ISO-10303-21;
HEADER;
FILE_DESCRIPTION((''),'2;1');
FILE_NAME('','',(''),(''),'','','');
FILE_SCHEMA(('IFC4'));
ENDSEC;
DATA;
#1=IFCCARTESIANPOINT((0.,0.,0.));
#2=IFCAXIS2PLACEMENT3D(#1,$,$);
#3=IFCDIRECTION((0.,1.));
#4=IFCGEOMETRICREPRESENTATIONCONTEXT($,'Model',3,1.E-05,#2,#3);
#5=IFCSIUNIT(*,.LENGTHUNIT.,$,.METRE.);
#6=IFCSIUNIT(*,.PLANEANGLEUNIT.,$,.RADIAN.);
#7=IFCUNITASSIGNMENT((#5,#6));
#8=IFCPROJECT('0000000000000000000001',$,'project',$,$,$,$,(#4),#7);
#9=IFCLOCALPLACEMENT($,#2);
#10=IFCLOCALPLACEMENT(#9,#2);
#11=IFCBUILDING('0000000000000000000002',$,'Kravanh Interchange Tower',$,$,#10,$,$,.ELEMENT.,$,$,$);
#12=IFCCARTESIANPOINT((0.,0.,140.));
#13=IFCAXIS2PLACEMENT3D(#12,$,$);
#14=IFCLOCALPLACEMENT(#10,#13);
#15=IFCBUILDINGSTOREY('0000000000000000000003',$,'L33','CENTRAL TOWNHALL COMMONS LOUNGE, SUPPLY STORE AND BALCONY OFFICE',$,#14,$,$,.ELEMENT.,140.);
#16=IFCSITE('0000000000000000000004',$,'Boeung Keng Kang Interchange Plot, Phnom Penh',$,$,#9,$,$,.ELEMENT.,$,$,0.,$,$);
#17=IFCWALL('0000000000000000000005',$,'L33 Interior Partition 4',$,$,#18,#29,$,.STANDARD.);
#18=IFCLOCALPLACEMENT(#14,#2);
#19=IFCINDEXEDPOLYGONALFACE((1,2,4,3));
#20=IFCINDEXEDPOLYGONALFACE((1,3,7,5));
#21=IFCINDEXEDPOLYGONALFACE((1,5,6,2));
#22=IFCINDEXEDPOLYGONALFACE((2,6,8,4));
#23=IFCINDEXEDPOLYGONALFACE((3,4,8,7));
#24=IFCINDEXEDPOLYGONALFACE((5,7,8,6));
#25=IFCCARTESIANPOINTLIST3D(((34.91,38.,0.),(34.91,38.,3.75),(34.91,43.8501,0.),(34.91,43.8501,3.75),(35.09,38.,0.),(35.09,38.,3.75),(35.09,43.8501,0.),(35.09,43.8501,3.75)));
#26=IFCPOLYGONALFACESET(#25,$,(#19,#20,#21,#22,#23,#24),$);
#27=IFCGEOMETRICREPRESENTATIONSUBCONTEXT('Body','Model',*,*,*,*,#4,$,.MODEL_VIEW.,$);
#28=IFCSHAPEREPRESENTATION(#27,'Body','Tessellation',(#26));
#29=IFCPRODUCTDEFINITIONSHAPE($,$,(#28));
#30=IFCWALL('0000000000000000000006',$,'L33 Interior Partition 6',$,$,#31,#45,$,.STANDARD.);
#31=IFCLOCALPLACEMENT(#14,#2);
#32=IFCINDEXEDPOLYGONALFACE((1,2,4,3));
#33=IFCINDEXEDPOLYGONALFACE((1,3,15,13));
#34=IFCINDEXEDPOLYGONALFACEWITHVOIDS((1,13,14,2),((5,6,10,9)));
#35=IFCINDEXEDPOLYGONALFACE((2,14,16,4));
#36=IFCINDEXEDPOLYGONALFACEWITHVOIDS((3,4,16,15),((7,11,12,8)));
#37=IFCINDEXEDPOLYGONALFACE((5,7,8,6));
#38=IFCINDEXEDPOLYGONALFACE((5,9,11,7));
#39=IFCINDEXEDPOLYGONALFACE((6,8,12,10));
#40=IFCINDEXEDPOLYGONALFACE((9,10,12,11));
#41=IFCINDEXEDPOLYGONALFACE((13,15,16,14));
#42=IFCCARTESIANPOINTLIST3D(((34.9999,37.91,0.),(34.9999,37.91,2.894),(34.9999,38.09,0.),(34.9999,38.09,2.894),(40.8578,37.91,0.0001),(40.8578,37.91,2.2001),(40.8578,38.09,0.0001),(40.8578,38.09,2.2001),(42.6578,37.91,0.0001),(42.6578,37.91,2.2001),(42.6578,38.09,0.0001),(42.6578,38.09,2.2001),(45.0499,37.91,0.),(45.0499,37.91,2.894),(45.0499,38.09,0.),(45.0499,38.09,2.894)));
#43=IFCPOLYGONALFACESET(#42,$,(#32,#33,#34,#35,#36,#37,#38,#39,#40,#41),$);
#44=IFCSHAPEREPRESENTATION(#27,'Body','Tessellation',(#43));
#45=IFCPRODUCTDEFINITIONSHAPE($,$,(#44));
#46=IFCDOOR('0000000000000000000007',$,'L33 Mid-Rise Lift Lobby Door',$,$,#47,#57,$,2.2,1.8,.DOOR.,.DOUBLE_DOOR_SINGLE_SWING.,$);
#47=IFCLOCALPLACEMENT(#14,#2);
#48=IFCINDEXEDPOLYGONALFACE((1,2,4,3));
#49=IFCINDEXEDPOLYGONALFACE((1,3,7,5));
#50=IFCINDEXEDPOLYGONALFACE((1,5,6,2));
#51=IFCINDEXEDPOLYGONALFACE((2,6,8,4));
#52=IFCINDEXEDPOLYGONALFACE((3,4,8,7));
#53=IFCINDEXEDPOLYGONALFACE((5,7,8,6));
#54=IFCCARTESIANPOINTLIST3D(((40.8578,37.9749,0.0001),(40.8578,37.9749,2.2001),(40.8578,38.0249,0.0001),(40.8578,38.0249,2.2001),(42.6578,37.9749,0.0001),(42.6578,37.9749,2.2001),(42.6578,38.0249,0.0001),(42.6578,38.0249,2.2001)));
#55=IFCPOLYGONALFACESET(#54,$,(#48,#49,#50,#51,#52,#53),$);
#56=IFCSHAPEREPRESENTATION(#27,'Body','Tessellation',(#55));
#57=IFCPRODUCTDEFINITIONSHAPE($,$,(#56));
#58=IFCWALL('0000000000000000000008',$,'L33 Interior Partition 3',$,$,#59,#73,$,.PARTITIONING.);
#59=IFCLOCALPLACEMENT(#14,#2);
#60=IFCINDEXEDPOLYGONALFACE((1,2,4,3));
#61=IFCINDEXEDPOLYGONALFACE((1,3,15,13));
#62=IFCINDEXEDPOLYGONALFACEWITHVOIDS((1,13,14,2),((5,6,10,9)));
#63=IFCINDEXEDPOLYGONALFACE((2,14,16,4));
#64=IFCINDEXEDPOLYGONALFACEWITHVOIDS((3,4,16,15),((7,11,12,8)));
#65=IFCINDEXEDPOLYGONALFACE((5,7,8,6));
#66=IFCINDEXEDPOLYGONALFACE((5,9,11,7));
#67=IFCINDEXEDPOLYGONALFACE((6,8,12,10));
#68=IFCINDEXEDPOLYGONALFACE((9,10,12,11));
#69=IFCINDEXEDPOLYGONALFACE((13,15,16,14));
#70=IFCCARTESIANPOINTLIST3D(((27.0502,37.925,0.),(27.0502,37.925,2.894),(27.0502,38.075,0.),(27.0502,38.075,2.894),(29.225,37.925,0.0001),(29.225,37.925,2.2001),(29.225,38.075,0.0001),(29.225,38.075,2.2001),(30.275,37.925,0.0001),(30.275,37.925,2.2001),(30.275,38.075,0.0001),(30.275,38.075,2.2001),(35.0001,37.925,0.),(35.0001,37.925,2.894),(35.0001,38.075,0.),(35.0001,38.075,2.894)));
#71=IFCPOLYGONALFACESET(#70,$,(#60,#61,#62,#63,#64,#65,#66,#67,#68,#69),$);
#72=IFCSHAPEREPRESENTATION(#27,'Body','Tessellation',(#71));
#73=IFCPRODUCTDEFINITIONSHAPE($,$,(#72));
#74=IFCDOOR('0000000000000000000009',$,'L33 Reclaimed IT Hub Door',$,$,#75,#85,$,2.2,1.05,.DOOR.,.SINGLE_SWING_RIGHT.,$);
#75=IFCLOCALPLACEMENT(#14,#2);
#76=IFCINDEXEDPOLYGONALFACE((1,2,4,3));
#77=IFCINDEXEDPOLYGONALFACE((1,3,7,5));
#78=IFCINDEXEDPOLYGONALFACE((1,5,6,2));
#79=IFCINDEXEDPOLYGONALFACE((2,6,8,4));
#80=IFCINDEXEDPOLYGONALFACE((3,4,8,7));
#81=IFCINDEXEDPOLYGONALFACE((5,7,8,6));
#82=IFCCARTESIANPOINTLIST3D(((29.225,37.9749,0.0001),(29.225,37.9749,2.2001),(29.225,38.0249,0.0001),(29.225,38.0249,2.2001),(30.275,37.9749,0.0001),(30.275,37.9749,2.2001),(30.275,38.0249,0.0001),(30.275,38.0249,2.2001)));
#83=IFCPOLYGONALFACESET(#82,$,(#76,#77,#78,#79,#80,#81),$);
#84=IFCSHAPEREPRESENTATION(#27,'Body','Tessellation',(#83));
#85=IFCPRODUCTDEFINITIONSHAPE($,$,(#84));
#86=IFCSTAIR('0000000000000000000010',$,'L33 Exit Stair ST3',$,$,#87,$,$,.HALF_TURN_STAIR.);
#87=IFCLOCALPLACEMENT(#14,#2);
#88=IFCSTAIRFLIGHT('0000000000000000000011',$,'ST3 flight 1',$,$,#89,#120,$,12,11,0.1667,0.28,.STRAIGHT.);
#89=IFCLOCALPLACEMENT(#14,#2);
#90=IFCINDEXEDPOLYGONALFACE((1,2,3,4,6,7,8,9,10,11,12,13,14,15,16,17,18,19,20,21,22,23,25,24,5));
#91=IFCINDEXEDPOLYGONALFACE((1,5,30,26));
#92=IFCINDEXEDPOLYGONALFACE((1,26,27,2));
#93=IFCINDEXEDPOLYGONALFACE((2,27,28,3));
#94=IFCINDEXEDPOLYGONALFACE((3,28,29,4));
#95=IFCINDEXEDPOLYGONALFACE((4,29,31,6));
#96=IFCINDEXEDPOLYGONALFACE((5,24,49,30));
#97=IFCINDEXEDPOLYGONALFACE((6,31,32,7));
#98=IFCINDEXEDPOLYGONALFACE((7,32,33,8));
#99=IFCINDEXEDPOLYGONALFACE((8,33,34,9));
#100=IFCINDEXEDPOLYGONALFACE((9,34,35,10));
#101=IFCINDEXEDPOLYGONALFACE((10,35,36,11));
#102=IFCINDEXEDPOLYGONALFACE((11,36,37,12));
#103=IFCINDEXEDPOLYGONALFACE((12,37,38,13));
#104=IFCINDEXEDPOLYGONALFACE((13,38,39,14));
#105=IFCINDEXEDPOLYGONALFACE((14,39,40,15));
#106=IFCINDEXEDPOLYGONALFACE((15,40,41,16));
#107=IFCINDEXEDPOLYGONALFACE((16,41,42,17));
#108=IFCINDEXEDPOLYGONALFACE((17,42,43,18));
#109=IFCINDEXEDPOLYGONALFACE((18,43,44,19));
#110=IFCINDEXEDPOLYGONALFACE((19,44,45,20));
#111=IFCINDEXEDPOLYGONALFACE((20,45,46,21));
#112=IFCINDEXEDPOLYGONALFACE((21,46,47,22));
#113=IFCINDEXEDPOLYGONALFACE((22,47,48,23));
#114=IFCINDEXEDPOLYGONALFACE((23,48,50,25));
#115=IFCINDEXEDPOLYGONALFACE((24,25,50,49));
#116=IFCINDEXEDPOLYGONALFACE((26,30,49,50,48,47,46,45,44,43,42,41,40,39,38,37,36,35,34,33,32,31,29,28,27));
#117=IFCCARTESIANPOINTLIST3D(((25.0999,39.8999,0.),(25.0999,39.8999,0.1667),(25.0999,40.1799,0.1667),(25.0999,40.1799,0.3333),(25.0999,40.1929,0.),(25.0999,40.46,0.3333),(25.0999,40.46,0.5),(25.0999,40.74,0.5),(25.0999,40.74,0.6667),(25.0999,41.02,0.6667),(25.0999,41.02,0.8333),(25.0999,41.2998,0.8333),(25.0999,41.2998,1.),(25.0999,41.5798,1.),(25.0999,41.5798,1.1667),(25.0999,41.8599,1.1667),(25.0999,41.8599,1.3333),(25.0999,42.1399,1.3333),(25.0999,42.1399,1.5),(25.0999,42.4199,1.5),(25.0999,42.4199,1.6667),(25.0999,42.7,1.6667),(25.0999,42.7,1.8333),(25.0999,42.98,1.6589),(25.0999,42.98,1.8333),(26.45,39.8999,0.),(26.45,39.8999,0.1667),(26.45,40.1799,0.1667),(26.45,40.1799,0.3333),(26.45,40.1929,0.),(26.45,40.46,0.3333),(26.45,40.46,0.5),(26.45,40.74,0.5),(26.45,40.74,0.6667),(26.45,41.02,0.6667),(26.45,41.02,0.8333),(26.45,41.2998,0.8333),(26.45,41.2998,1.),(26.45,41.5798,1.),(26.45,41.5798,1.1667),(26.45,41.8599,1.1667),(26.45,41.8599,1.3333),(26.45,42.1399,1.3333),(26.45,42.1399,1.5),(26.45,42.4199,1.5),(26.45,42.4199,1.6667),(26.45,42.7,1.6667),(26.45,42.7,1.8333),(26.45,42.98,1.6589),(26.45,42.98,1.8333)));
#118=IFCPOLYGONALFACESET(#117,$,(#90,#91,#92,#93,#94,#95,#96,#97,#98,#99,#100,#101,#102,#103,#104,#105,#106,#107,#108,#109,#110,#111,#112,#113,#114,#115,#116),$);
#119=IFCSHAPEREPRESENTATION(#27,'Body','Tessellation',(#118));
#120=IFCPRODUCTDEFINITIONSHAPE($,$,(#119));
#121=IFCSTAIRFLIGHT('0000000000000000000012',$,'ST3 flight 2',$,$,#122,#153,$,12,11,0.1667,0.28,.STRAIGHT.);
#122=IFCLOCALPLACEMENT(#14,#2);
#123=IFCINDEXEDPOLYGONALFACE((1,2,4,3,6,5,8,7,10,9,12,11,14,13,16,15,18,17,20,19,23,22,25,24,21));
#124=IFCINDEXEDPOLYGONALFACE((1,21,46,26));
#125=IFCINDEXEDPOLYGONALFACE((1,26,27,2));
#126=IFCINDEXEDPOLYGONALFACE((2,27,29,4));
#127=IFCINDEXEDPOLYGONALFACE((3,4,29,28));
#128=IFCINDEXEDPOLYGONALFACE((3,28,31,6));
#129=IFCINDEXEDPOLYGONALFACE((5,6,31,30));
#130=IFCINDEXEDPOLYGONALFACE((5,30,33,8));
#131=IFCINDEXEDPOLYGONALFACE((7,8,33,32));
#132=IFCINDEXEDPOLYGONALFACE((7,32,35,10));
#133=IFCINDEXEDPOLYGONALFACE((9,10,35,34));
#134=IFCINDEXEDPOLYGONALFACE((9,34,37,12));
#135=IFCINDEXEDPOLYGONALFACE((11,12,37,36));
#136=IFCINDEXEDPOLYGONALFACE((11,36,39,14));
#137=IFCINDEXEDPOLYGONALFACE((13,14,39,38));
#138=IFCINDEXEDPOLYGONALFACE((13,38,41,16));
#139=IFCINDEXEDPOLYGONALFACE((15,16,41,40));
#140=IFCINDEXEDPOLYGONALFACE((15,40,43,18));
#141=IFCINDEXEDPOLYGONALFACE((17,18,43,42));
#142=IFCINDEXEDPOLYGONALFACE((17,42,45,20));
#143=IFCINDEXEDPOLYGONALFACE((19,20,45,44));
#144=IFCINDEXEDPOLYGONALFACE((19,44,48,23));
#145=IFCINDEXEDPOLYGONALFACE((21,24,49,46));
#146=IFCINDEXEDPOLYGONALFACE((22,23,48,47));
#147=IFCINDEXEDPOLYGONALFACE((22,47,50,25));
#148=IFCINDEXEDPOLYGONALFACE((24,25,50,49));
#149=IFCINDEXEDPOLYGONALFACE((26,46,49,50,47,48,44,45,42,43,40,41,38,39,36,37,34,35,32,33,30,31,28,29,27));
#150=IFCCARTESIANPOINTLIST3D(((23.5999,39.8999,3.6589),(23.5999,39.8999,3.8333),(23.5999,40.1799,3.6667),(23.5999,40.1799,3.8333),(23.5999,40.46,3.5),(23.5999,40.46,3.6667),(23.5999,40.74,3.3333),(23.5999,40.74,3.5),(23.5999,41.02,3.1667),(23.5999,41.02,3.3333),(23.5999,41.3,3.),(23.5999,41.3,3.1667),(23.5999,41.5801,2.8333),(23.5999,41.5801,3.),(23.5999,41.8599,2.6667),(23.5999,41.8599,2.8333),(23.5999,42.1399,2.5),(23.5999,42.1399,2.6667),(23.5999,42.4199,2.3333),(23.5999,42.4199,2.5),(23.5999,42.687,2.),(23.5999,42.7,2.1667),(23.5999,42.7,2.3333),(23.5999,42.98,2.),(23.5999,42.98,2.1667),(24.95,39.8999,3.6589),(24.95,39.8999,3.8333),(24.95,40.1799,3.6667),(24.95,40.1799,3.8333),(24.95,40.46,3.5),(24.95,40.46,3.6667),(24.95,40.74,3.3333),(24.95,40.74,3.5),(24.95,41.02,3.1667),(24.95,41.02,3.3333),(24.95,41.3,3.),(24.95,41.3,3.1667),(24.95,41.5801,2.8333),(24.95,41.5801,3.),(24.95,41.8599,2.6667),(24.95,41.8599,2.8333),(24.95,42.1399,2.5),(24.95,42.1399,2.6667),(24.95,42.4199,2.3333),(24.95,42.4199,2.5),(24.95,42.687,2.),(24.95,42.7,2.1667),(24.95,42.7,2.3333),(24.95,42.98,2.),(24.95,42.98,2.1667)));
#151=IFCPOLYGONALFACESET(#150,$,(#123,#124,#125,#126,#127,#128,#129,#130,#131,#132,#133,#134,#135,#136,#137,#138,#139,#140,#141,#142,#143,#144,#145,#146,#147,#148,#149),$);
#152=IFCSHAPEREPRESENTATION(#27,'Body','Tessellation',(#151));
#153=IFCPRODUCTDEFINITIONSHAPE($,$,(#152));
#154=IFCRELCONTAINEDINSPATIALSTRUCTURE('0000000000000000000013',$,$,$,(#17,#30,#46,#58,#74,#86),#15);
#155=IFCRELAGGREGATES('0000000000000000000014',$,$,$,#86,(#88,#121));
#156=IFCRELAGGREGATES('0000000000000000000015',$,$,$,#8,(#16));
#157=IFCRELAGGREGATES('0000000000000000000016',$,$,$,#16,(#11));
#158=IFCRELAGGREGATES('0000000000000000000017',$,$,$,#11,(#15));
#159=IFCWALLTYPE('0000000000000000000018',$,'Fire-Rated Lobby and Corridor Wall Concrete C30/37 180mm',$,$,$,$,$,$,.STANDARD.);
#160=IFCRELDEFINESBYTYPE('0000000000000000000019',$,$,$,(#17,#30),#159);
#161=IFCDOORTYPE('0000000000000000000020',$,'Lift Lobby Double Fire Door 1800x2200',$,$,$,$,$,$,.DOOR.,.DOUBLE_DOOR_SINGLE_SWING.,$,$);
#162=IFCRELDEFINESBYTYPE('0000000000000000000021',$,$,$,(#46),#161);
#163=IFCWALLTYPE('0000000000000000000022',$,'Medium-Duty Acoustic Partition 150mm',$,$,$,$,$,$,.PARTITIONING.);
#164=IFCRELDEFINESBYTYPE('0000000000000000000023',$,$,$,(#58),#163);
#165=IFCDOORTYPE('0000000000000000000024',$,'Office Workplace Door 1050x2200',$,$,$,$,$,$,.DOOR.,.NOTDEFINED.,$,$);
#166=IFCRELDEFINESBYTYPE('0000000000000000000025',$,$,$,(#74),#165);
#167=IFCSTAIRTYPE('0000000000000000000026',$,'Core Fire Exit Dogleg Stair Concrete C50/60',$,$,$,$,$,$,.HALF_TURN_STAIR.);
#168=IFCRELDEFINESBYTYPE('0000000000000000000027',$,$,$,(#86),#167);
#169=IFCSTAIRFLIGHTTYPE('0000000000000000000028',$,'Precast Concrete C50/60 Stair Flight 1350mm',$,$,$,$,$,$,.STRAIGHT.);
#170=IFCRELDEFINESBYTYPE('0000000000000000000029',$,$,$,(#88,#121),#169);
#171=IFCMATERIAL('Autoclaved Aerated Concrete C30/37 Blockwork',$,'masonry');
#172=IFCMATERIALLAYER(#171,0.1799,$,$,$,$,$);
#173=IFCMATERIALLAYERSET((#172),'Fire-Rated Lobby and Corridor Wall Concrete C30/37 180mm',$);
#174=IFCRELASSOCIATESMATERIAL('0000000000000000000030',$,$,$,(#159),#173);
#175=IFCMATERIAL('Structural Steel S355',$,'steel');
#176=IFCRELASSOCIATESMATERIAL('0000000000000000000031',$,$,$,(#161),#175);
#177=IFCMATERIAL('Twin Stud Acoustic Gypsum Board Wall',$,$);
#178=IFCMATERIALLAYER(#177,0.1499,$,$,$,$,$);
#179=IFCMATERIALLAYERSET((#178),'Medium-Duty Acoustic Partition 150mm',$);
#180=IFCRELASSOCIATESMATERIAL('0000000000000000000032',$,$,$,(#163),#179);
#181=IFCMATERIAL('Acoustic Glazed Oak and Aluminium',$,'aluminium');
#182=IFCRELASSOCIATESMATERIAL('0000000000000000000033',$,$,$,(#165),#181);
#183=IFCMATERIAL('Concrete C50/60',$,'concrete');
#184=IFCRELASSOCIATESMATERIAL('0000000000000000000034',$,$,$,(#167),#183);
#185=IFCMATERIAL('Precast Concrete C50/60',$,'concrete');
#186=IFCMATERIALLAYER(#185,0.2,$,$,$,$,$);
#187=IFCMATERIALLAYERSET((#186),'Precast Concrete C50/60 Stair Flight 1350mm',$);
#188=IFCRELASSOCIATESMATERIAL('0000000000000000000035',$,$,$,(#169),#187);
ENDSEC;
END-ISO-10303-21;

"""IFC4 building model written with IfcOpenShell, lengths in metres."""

from ifc_helpers import new_model, si_unit, direction, frame, frame_2d, origin, place, context, subcontext, project, spatial, polyline, rectangle, outline, extrude, material, layer, layer_set, type_object, element, fill, aggregate, save


model = new_model("IFC4")

# Units and contexts
model_context = context("Model", 3, precision=1e-05, world=origin(), true_north=direction((0.0, 1.0)))
body_context = subcontext(model_context, "Body", "Model", "MODEL_VIEW")
ifc_project = project(units=[si_unit("LENGTHUNIT", "METRE"), si_unit("PLANEANGLEUNIT", "RADIAN")], contexts=[model_context])

# Site, building, storey
site_placement = place(None, origin())
site = spatial("IfcSite", under=ifc_project, at=site_placement, Name="Boeung Keng Kang Interchange Plot, Phnom Penh", CompositionType="ELEMENT", RefElevation=0.0)
building_placement = place(site_placement, origin())
building = spatial("IfcBuilding", under=site, at=building_placement, Name="Kravanh Interchange Tower", CompositionType="ELEMENT")
storey_placement = place(building_placement, frame((0.0, 0.0, 140.0)))
storey = spatial("IfcBuildingStorey", under=building, at=storey_placement, Name="L33", Description="CENTRAL TOWNHALL COMMONS LOUNGE, SUPPLY STORE AND BALCONY OFFICE", CompositionType="ELEMENT", Elevation=140.0)

# Wall
ifc_material_1 = material(Name="Autoclaved Aerated Concrete C30/37 Blockwork", Category="masonry")
ifc_layer_1 = layer(ifc_material_1, 0.1799)
ifc_layer_set_1 = layer_set([ifc_layer_1], Name="Fire-Rated Lobby and Corridor Wall Concrete C30/37 180mm")
wall_type_1 = type_object("IfcWallType", Name="Fire-Rated Lobby and Corridor Wall Concrete C30/37 180mm", PredefinedType="STANDARD", material=ifc_layer_set_1)
wall_1_placement = place(storey_placement, frame((35.0, 38.0, 0.0), z_axis=(0.0, 0.0, 1.0), x_axis=(0.0, 1.0, 0.0)))
element("IfcWall", 1, at=wall_1_placement, inside=storey, type_object=wall_type_1, Name="L33 Interior Partition 4", PredefinedType="STANDARD", context=body_context, shape_type="SweptSolid", body=[
    extrude(rectangle(XDim=5.8501, YDim=0.1799, at=frame_2d((2.925, 0.0))), origin(), (0.0, 0.0, 1.0), 3.75),
])

# Walls, openings, doors
wall_2_placement = place(storey_placement, frame((35.0, 38.0, 0.0), z_axis=(0.0, 0.0, 1.0), x_axis=(1.0, 0.0, 0.0)))
wall_2 = element("IfcWall", 2, at=wall_2_placement, inside=storey, type_object=wall_type_1, Name="L33 Interior Partition 6", PredefinedType="STANDARD", context=body_context, shape_type="SweptSolid", body=[
    extrude(rectangle(XDim=10.05, YDim=0.1799, at=frame_2d((5.0249, 0.0))), origin(), (0.0, 0.0, 1.0), 2.894),
])
opening_1_placement = place(wall_2_placement, frame((5.8579, 0.0, 0.0)))
opening_1 = element("IfcOpeningElement", 3, at=opening_1_placement, cuts=wall_2, PredefinedType="OPENING", context=body_context, shape_type="SweptSolid", body=[
    extrude(rectangle(XDim=1.8, YDim=2.2, at=frame_2d((0.8999, 1.1001))), frame((0.0, 0.1001, 0.0), z_axis=(0.0, -1.0, 0.0), x_axis=(1.0, 0.0, 0.0)), (0.0, 0.0, 1.0), 0.2),
])
ifc_material_2 = material(Name="Structural Steel S355", Category="steel")
door_type_1 = type_object("IfcDoorType", Name="Lift Lobby Double Fire Door 1800x2200", OperationType="DOUBLE_DOOR_SINGLE_SWING", PredefinedType="DOOR", material=ifc_material_2)
door_1_placement = place(opening_1_placement, origin())
door_1 = element("IfcDoor", 4, at=door_1_placement, inside=storey, type_object=door_type_1, Name="L33 Mid-Rise Lift Lobby Door", OperationType="DOUBLE_DOOR_SINGLE_SWING", OverallHeight=2.2, OverallWidth=1.8, PredefinedType="DOOR", context=body_context, shape_type="SweptSolid", body=[
    extrude(rectangle(XDim=1.8, YDim=2.2, at=frame_2d((0.8999, 1.1001))), frame((0.0, 0.0249, 0.0), z_axis=(0.0, -1.0, 0.0), x_axis=(1.0, 0.0, 0.0)), (0.0, 0.0, 1.0), 0.05),
])
fill(opening_1, door_1)
ifc_material_3 = material(Name="Twin Stud Acoustic Gypsum Board Wall")
ifc_layer_2 = layer(ifc_material_3, 0.1499)
ifc_layer_set_2 = layer_set([ifc_layer_2], Name="Medium-Duty Acoustic Partition 150mm")
wall_type_2 = type_object("IfcWallType", Name="Medium-Duty Acoustic Partition 150mm", PredefinedType="PARTITIONING", material=ifc_layer_set_2)
wall_3_placement = place(storey_placement, frame((27.05, 38.0, 0.0), z_axis=(0.0, 0.0, 1.0), x_axis=(1.0, 0.0, 0.0)))
wall_3 = element("IfcWall", 5, at=wall_3_placement, inside=storey, type_object=wall_type_2, Name="L33 Interior Partition 3", PredefinedType="PARTITIONING", context=body_context, shape_type="SweptSolid", body=[
    extrude(rectangle(XDim=7.95, YDim=0.1499, at=frame_2d((3.9751, 0.0))), origin(), (0.0, 0.0, 1.0), 2.894),
])
opening_2_placement = place(wall_3_placement, frame((2.175, 0.0, 0.0)))
opening_2 = element("IfcOpeningElement", 6, at=opening_2_placement, cuts=wall_3, PredefinedType="OPENING", context=body_context, shape_type="SweptSolid", body=[
    extrude(rectangle(XDim=1.05, YDim=2.2, at=frame_2d((0.5249, 1.1001))), frame((0.0, 0.085, 0.0), z_axis=(0.0, -1.0, 0.0), x_axis=(1.0, 0.0, 0.0)), (0.0, 0.0, 1.0), 0.1699),
])
ifc_material_4 = material(Name="Acoustic Glazed Oak and Aluminium", Category="aluminium")
door_type_2 = type_object("IfcDoorType", Name="Office Workplace Door 1050x2200", OperationType="NOTDEFINED", PredefinedType="DOOR", material=ifc_material_4)
door_2_placement = place(opening_2_placement, origin())
door_2 = element("IfcDoor", 7, at=door_2_placement, inside=storey, type_object=door_type_2, Name="L33 Reclaimed IT Hub Door", OperationType="SINGLE_SWING_RIGHT", OverallHeight=2.2, OverallWidth=1.05, PredefinedType="DOOR", context=body_context, shape_type="SweptSolid", body=[
    extrude(rectangle(XDim=1.05, YDim=2.2, at=frame_2d((0.5249, 1.1001))), frame((0.0, 0.0249, 0.0), z_axis=(0.0, -1.0, 0.0), x_axis=(1.0, 0.0, 0.0)), (0.0, 0.0, 1.0), 0.05),
])
fill(opening_2, door_2)

# Stair, stair flights
ifc_material_5 = material(Name="Concrete C50/60", Category="concrete")
stair_type = type_object("IfcStairType", Name="Core Fire Exit Dogleg Stair Concrete C50/60", PredefinedType="HALF_TURN_STAIR", material=ifc_material_5)
stair_placement = place(storey_placement, origin())
stair = element("IfcStair", 8, at=stair_placement, inside=storey, type_object=stair_type, Name="L33 Exit Stair ST3", PredefinedType="HALF_TURN_STAIR")
ifc_material_6 = material(Name="Precast Concrete C50/60", Category="concrete")
ifc_layer_3 = layer(ifc_material_6, 0.2)
ifc_layer_set_3 = layer_set([ifc_layer_3], Name="Precast Concrete C50/60 Stair Flight 1350mm")
stair_flight_type = type_object("IfcStairFlightType", Name="Precast Concrete C50/60 Stair Flight 1350mm", PredefinedType="STRAIGHT", material=ifc_layer_set_3)
stair_flight_1_placement = place(storey_placement, frame((25.7749, 39.8999, 0.0), z_axis=(0.0, 0.0, 1.0), x_axis=(0.0, 1.0, 0.0)))
stair_flight_1 = element("IfcStairFlight", 9, at=stair_flight_1_placement, type_object=stair_flight_type, Name="ST3 flight 1", NumberOfRisers=12, NumberOfTreads=11, PredefinedType="STRAIGHT", RiserHeight=0.1667, TreadLength=0.28, context=body_context, shape_type="SweptSolid", body=[
    extrude(outline(polyline([(0.0, 0.0), (0.0, 0.1667), (0.28, 0.1667), (0.28, 0.3333), (0.5601, 0.3333), (0.5601, 0.5), (0.8401, 0.5), (0.8401, 0.6667), (1.1201, 0.6667), (1.1201, 0.8333), (1.3999, 0.8333), (1.3999, 1.0), (1.6799, 1.0), (1.6799, 1.1667), (1.96, 1.1667), (1.96, 1.3333), (2.24, 1.3333), (2.24, 1.5), (2.52, 1.5), (2.52, 1.6667), (2.8, 1.6667), (2.8, 1.8333), (3.0801, 1.8333), (3.0801, 2.0), (3.0801, 1.6589), (0.293, 0.0), (0.0, 0.0)])), frame((0.0, 0.675, 0.0), z_axis=(0.0, -1.0, 0.0), x_axis=(1.0, 0.0, 0.0)), (0.0, 0.0, 1.0), 1.3501),
])
stair_flight_2_placement = place(storey_placement, frame((24.2749, 42.98, 2.0), z_axis=(0.0, 0.0, 1.0), x_axis=(0.0, -1.0, 0.0)))
stair_flight_2 = element("IfcStairFlight", 10, at=stair_flight_2_placement, type_object=stair_flight_type, Name="ST3 flight 2", NumberOfRisers=12, NumberOfTreads=11, PredefinedType="STRAIGHT", RiserHeight=0.1667, TreadLength=0.28, context=body_context, shape_type="SweptSolid", body=[
    extrude(outline(polyline([(0.0, 0.0), (0.0, 0.1667), (0.28, 0.1667), (0.28, 0.3333), (0.5601, 0.3333), (0.5601, 0.5), (0.8401, 0.5), (0.8401, 0.6667), (1.1201, 0.6667), (1.1201, 0.8333), (1.3999, 0.8333), (1.3999, 1.0), (1.6799, 1.0), (1.6799, 1.1667), (1.96, 1.1667), (1.96, 1.3333), (2.24, 1.3333), (2.24, 1.5), (2.52, 1.5), (2.52, 1.6667), (2.8, 1.6667), (2.8, 1.8333), (3.0801, 1.8333), (3.0801, 2.0), (3.0801, 1.6589), (0.293, 0.0), (0.0, 0.0)])), frame((0.0, 0.675, 0.0), z_axis=(0.0, -1.0, 0.0), x_axis=(1.0, 0.0, 0.0)), (0.0, 0.0, 1.0), 1.3501),
])
aggregate(stair, [stair_flight_1, stair_flight_2])

save(model, "model.ifc")
